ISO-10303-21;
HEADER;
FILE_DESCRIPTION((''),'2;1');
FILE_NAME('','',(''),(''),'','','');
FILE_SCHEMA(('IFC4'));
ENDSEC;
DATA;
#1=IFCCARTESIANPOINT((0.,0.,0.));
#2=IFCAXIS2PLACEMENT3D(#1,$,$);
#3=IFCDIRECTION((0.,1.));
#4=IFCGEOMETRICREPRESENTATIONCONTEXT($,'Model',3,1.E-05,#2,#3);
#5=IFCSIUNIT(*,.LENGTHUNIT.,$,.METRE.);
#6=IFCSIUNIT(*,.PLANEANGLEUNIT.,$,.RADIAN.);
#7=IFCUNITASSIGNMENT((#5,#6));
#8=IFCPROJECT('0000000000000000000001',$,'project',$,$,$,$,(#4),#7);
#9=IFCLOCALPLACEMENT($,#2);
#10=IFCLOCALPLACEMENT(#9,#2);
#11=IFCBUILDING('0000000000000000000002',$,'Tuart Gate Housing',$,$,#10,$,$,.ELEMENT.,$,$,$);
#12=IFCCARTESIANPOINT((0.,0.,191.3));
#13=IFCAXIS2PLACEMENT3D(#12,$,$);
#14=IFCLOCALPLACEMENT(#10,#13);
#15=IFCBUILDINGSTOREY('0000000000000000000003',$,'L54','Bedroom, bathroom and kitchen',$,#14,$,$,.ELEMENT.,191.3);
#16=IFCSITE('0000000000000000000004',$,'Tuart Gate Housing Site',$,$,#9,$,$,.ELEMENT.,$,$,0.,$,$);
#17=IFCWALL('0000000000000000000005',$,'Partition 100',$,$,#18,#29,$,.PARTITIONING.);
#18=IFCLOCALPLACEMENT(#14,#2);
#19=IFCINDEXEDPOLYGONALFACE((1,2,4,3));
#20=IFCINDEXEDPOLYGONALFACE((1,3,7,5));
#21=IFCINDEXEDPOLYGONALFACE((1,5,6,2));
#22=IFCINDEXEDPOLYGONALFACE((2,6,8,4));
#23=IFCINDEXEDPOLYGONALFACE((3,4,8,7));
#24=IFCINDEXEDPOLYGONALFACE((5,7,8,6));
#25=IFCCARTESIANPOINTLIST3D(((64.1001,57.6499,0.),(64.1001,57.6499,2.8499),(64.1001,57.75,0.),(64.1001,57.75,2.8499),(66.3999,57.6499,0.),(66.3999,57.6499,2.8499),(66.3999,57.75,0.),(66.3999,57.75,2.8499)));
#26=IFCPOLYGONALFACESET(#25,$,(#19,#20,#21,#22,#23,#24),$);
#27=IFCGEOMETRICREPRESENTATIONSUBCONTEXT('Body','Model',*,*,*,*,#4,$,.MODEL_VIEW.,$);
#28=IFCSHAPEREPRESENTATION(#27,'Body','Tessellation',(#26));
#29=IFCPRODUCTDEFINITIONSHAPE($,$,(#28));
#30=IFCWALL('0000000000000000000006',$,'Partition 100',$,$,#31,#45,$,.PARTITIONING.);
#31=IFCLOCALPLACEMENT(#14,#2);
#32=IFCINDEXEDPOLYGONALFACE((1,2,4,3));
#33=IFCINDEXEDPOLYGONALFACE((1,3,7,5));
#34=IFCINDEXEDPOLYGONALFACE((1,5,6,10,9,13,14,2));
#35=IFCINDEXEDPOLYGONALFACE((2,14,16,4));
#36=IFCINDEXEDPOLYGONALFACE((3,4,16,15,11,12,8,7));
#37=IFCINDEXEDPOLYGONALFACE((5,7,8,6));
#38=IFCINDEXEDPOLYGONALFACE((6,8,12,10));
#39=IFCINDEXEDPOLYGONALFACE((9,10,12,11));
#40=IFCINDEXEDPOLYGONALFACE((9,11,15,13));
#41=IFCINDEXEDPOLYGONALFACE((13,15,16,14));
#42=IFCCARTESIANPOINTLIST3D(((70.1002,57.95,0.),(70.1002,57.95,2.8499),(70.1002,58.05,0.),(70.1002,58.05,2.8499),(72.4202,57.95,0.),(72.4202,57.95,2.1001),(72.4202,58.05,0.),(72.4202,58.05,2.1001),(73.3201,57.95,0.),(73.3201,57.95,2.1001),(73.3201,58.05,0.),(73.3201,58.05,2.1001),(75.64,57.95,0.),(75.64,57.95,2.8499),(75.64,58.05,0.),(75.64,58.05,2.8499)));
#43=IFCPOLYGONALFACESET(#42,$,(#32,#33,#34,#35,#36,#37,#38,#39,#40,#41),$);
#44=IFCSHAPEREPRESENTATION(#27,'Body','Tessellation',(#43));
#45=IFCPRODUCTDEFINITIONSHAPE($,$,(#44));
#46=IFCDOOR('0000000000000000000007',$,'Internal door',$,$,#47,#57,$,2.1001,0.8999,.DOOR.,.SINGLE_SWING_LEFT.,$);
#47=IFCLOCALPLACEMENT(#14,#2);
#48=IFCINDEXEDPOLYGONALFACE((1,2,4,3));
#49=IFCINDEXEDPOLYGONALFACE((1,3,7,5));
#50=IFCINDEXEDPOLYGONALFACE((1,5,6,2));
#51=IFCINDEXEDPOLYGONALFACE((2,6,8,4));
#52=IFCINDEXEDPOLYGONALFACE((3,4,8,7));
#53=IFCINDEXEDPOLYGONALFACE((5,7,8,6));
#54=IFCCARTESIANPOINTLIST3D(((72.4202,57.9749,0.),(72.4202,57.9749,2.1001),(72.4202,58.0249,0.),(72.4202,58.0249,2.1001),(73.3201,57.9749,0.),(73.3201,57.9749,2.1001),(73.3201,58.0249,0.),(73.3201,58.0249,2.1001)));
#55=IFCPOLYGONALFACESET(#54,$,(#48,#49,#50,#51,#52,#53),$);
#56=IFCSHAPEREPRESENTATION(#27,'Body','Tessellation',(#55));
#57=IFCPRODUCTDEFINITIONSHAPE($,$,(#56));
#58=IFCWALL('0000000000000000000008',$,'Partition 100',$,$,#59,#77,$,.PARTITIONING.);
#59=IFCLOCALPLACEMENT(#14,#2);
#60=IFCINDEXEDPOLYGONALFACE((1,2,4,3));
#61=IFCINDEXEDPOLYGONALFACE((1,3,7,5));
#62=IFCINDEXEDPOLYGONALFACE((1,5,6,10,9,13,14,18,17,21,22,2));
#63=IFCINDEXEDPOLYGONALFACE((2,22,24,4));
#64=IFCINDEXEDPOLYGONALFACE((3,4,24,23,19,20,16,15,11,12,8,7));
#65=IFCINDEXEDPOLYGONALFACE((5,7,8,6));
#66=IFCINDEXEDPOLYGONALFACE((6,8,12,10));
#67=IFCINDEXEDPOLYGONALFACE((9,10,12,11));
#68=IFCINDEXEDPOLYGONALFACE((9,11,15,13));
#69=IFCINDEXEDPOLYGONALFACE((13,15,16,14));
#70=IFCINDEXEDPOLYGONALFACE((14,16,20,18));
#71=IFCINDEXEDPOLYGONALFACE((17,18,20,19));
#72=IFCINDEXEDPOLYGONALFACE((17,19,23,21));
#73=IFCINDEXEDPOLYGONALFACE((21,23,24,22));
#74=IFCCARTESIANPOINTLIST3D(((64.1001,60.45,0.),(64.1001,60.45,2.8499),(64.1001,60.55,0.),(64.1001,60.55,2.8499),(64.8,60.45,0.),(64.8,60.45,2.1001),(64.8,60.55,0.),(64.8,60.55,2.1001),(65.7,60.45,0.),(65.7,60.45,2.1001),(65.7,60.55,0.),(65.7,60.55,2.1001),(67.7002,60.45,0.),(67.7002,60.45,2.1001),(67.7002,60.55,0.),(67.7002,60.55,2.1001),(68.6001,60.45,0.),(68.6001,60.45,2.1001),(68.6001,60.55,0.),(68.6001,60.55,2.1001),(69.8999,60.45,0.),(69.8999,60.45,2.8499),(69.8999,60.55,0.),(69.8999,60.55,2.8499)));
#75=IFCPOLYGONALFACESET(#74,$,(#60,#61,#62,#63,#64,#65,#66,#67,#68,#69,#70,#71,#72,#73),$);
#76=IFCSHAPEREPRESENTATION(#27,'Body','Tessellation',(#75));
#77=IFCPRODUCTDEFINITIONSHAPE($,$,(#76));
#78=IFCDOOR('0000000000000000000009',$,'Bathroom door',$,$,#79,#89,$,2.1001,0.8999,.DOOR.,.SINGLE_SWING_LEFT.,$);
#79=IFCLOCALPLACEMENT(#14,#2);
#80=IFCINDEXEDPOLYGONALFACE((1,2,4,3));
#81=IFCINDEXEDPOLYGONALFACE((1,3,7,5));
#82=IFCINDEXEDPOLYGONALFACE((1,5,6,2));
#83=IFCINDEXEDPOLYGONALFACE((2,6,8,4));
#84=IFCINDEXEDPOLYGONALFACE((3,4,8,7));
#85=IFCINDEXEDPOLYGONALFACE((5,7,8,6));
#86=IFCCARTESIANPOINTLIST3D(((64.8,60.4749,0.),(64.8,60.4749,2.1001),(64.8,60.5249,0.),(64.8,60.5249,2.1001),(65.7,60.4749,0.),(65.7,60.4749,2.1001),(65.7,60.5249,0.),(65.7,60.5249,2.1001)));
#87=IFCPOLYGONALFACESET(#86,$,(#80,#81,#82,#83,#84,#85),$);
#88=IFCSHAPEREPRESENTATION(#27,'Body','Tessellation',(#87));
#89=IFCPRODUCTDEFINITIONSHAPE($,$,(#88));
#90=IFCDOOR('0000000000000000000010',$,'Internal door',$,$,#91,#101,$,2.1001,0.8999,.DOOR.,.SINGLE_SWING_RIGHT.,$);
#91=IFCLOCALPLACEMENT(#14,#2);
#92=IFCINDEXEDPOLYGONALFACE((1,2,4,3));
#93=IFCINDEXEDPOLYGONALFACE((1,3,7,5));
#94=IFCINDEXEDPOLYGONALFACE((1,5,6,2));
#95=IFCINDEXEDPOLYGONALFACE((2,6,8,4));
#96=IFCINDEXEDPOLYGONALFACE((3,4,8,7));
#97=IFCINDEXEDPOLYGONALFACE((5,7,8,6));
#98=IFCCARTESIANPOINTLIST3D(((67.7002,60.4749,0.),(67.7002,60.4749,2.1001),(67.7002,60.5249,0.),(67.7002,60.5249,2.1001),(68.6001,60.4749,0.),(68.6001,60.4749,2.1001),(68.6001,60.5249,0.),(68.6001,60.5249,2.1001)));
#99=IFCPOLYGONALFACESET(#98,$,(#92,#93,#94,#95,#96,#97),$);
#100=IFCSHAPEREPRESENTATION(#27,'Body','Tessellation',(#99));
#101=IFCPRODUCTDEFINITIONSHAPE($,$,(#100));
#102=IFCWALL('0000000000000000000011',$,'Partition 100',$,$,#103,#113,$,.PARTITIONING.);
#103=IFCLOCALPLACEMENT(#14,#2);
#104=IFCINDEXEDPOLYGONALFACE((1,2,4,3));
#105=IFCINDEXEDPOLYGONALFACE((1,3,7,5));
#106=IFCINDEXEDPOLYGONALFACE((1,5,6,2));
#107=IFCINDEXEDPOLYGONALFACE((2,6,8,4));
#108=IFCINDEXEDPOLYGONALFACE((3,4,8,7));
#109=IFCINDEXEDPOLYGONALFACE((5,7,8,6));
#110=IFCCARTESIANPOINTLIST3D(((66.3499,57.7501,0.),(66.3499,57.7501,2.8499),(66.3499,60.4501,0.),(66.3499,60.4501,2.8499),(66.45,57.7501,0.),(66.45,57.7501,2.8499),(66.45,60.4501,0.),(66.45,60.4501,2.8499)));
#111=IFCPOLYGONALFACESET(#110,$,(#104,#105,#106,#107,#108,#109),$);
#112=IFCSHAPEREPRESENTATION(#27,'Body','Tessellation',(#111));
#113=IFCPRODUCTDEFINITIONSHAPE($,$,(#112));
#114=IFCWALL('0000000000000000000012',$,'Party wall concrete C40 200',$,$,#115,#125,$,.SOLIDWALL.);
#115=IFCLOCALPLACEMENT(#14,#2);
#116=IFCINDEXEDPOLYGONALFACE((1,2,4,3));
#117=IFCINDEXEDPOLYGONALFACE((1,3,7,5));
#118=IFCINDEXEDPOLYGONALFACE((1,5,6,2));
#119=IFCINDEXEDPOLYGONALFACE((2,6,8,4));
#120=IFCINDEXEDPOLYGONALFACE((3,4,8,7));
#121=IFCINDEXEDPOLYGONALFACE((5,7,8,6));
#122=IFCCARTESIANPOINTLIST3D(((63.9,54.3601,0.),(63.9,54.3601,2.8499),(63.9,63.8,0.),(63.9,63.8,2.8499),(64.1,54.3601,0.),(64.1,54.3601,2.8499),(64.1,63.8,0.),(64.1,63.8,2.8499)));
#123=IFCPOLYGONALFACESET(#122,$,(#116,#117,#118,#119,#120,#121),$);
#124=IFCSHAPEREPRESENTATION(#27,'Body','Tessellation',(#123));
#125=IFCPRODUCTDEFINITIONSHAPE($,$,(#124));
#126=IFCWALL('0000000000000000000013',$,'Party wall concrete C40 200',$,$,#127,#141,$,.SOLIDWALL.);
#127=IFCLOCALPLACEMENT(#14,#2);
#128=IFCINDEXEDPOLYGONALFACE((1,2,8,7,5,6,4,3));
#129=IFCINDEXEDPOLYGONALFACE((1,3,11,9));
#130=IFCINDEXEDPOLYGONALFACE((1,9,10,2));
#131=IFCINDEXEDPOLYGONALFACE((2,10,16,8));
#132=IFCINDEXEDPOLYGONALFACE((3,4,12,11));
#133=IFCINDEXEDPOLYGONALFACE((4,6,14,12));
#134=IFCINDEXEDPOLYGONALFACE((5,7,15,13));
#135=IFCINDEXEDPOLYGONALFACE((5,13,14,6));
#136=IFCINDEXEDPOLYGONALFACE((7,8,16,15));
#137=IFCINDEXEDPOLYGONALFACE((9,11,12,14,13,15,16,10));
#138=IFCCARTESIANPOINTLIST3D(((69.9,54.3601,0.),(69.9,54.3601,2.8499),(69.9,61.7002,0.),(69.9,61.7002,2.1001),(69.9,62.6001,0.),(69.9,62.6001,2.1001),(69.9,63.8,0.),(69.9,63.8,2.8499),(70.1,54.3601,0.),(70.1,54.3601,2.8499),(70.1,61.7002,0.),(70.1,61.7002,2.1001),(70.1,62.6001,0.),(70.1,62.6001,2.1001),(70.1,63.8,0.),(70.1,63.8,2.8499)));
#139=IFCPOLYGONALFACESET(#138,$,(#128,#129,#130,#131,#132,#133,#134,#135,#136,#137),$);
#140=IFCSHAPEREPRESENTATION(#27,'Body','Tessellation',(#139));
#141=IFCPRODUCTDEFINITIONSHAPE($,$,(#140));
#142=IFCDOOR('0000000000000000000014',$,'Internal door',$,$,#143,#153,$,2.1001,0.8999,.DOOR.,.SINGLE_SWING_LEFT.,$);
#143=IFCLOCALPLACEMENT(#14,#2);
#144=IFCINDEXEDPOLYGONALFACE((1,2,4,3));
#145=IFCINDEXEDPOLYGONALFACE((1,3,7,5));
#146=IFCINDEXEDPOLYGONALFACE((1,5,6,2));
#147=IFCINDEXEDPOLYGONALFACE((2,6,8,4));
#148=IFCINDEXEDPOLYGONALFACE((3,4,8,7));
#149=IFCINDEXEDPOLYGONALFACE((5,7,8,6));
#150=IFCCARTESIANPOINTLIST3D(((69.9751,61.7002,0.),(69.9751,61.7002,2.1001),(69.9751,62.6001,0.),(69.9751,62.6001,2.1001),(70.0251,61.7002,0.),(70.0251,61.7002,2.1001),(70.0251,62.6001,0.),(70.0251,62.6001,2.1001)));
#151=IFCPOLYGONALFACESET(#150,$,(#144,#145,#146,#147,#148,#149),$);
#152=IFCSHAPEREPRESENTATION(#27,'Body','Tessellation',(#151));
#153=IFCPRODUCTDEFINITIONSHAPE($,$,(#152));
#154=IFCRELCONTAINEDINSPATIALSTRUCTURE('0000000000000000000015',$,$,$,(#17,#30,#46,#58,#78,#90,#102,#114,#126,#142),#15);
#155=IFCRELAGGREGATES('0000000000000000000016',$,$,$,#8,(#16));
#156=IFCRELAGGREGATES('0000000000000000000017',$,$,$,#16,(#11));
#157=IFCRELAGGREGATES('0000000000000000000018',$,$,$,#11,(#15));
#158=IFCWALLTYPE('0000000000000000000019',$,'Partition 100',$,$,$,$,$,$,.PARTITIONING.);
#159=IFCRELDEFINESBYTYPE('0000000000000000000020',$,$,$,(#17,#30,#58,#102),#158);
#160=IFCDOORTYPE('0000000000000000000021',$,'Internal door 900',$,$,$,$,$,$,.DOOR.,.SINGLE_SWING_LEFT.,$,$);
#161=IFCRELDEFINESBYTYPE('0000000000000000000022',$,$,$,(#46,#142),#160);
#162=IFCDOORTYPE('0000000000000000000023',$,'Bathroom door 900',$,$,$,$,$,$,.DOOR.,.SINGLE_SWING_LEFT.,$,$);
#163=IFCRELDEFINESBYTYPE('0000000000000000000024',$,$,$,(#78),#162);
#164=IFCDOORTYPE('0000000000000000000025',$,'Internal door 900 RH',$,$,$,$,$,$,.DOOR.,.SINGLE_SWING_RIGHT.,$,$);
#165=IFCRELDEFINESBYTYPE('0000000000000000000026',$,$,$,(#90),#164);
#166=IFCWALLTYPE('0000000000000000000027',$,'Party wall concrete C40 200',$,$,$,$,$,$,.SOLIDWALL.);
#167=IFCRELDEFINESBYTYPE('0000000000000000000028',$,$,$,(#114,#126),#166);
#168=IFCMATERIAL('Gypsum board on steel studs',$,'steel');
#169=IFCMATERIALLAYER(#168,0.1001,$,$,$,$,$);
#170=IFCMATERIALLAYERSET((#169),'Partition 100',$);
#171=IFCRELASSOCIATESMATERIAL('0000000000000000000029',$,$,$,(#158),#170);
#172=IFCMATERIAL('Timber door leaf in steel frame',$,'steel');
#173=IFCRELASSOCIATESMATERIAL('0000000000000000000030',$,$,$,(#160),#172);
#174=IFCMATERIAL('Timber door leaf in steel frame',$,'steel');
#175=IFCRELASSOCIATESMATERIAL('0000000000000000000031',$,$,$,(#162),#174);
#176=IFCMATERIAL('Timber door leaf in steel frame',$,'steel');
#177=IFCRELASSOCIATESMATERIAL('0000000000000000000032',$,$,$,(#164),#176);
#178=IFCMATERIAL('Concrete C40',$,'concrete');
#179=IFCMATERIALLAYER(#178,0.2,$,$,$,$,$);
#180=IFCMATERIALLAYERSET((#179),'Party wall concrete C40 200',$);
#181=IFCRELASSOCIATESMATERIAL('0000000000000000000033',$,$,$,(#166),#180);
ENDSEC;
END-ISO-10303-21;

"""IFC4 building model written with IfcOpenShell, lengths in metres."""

from ifc_helpers import new_model, si_unit, direction, frame, frame_2d, origin, place, context, subcontext, project, spatial, rectangle, extrude, material, layer, layer_set, type_object, element, fill, save


model = new_model("IFC4")

# Units and contexts
model_context = context("Model", 3, precision=1e-05, world=origin(), true_north=direction((0.0, 1.0)))
body_context = subcontext(model_context, "Body", "Model", "MODEL_VIEW")
ifc_project = project(units=[si_unit("LENGTHUNIT", "METRE"), si_unit("PLANEANGLEUNIT", "RADIAN")], contexts=[model_context])

# Site, building, storey
site_placement = place(None, origin())
site = spatial("IfcSite", under=ifc_project, at=site_placement, Name="Tuart Gate Housing Site", CompositionType="ELEMENT", RefElevation=0.0)
building_placement = place(site_placement, origin())
building = spatial("IfcBuilding", under=site, at=building_placement, Name="Tuart Gate Housing", CompositionType="ELEMENT")
storey_placement = place(building_placement, frame((0.0, 0.0, 191.3)))
storey = spatial("IfcBuildingStorey", under=building, at=storey_placement, Name="L54", Description="Bedroom, bathroom and kitchen", CompositionType="ELEMENT", Elevation=191.3)

# Wall
ifc_material_1 = material(Name="Gypsum board on steel studs", Category="steel")
ifc_layer_1 = layer(ifc_material_1, 0.1001)
ifc_layer_set_1 = layer_set([ifc_layer_1], Name="Partition 100")
wall_type_1 = type_object("IfcWallType", Name="Partition 100", PredefinedType="PARTITIONING", material=ifc_layer_set_1)
wall_1_placement = place(storey_placement, frame((64.1001, 57.7, 0.0), z_axis=(0.0, 0.0, 1.0), x_axis=(1.0, 0.0, 0.0)))
element("IfcWall", 1, at=wall_1_placement, inside=storey, type_object=wall_type_1, Name="Partition 100", PredefinedType="PARTITIONING", context=body_context, shape_type="SweptSolid", body=[
    extrude(rectangle(XDim=2.2998, YDim=0.1001, at=frame_2d((1.1499, 0.0))), origin(), (0.0, 0.0, 1.0), 2.8499),
])

# Wall, opening, door
wall_2_placement = place(storey_placement, frame((70.1001, 58.0, 0.0), z_axis=(0.0, 0.0, 1.0), x_axis=(1.0, 0.0, 0.0)))
wall_2 = element("IfcWall", 2, at=wall_2_placement, inside=storey, type_object=wall_type_1, Name="Partition 100", PredefinedType="PARTITIONING", context=body_context, shape_type="SweptSolid", body=[
    extrude(rectangle(XDim=5.5398, YDim=0.1001, at=frame_2d((2.77, 0.0))), origin(), (0.0, 0.0, 1.0), 2.8499),
])
opening_1_placement = place(wall_2_placement, frame((2.3201, 0.0, 0.0)))
opening_1 = element("IfcOpeningElement", 3, at=opening_1_placement, cuts=wall_2, PredefinedType="OPENING", context=body_context, shape_type="SweptSolid", body=[
    extrude(rectangle(XDim=0.8999, YDim=2.1001, at=frame_2d((0.45, 1.05))), frame((0.0, 0.0601, 0.0), z_axis=(0.0, -1.0, 0.0), x_axis=(1.0, 0.0, 0.0)), (0.0, 0.0, 1.0), 0.1201),
])
ifc_material_2 = material(Name="Timber door leaf in steel frame", Category="steel")
door_type_1 = type_object("IfcDoorType", Name="Internal door 900", OperationType="SINGLE_SWING_LEFT", PredefinedType="DOOR", material=ifc_material_2)
door_1_placement = place(opening_1_placement, frame((0.8999, 0.0, 0.0), z_axis=(0.0, 0.0, 1.0), x_axis=(-1.0, 0.0, 0.0)))
door_1 = element("IfcDoor", 4, at=door_1_placement, inside=storey, type_object=door_type_1, Name="Internal door", OperationType="SINGLE_SWING_LEFT", OverallHeight=2.1001, OverallWidth=0.8999, PredefinedType="DOOR", context=body_context, shape_type="SweptSolid", body=[
    extrude(rectangle(XDim=0.8999, YDim=2.1001, at=frame_2d((0.45, 1.05))), frame((0.0, 0.0251, 0.0), z_axis=(0.0, -1.0, 0.0), x_axis=(1.0, 0.0, 0.0)), (0.0, 0.0, 1.0), 0.05),
])
fill(opening_1, door_1)

# Wall, openings, doors
wall_3_placement = place(storey_placement, frame((64.1001, 60.5, 0.0), z_axis=(0.0, 0.0, 1.0), x_axis=(1.0, 0.0, 0.0)))
wall_3 = element("IfcWall", 5, at=wall_3_placement, inside=storey, type_object=wall_type_1, Name="Partition 100", PredefinedType="PARTITIONING", context=body_context, shape_type="SweptSolid", body=[
    extrude(rectangle(XDim=5.7998, YDim=0.1001, at=frame_2d((2.8999, 0.0))), origin(), (0.0, 0.0, 1.0), 2.8499),
])
opening_2_placement = place(wall_3_placement, frame((3.6001, 0.0, 0.0)))
opening_2 = element("IfcOpeningElement", 6, at=opening_2_placement, cuts=wall_3, PredefinedType="OPENING", context=body_context, shape_type="SweptSolid", body=[
    extrude(rectangle(XDim=0.8999, YDim=2.1001, at=frame_2d((0.45, 1.05))), frame((0.0, 0.0601, 0.0), z_axis=(0.0, -1.0, 0.0), x_axis=(1.0, 0.0, 0.0)), (0.0, 0.0, 1.0), 0.1201),
])
opening_3_placement = place(wall_3_placement, frame((0.7, 0.0, 0.0)))
opening_3 = element("IfcOpeningElement", 7, at=opening_3_placement, cuts=wall_3, PredefinedType="OPENING", context=body_context, shape_type="SweptSolid", body=[
    extrude(rectangle(XDim=0.8999, YDim=2.1001, at=frame_2d((0.45, 1.05))), frame((0.0, 0.0601, 0.0), z_axis=(0.0, -1.0, 0.0), x_axis=(1.0, 0.0, 0.0)), (0.0, 0.0, 1.0), 0.1201),
])
ifc_material_3 = material(Name="Timber door leaf in steel frame", Category="steel")
door_type_2 = type_object("IfcDoorType", Name="Bathroom door 900", OperationType="SINGLE_SWING_LEFT", PredefinedType="DOOR", material=ifc_material_3)
door_2_placement = place(opening_3_placement, frame((0.8999, 0.0, 0.0), z_axis=(0.0, 0.0, 1.0), x_axis=(-1.0, 0.0, 0.0)))
door_2 = element("IfcDoor", 8, at=door_2_placement, inside=storey, type_object=door_type_2, Name="Bathroom door", OperationType="SINGLE_SWING_LEFT", OverallHeight=2.1001, OverallWidth=0.8999, PredefinedType="DOOR", context=body_context, shape_type="SweptSolid", body=[
    extrude(rectangle(XDim=0.8999, YDim=2.1001, at=frame_2d((0.45, 1.05))), frame((0.0, 0.0251, 0.0), z_axis=(0.0, -1.0, 0.0), x_axis=(1.0, 0.0, 0.0)), (0.0, 0.0, 1.0), 0.05),
])
fill(opening_3, door_2)
ifc_material_4 = material(Name="Timber door leaf in steel frame", Category="steel")
door_type_3 = type_object("IfcDoorType", Name="Internal door 900 RH", OperationType="SINGLE_SWING_RIGHT", PredefinedType="DOOR", material=ifc_material_4)
door_3_placement = place(opening_2_placement, frame((0.8999, 0.0, 0.0), z_axis=(0.0, 0.0, 1.0), x_axis=(-1.0, 0.0, 0.0)))
door_3 = element("IfcDoor", 9, at=door_3_placement, inside=storey, type_object=door_type_3, Name="Internal door", OperationType="SINGLE_SWING_RIGHT", OverallHeight=2.1001, OverallWidth=0.8999, PredefinedType="DOOR", context=body_context, shape_type="SweptSolid", body=[
    extrude(rectangle(XDim=0.8999, YDim=2.1001, at=frame_2d((0.45, 1.05))), frame((0.0, 0.0251, 0.0), z_axis=(0.0, -1.0, 0.0), x_axis=(1.0, 0.0, 0.0)), (0.0, 0.0, 1.0), 0.05),
])
fill(opening_2, door_3)

# Walls
wall_4_placement = place(storey_placement, frame((66.3999, 57.75, 0.0), z_axis=(0.0, 0.0, 1.0), x_axis=(0.0, 1.0, 0.0)))
element("IfcWall", 10, at=wall_4_placement, inside=storey, type_object=wall_type_1, Name="Partition 100", PredefinedType="PARTITIONING", context=body_context, shape_type="SweptSolid", body=[
    extrude(rectangle(XDim=2.7, YDim=0.1001, at=frame_2d((1.3501, 0.0))), origin(), (0.0, 0.0, 1.0), 2.8499),
])
ifc_material_5 = material(Name="Concrete C40", Category="concrete")
ifc_layer_2 = layer(ifc_material_5, 0.2)
ifc_layer_set_2 = layer_set([ifc_layer_2], Name="Party wall concrete C40 200")
wall_type_2 = type_object("IfcWallType", Name="Party wall concrete C40 200", PredefinedType="SOLIDWALL", material=ifc_layer_set_2)
wall_5_placement = place(storey_placement, frame((64.0, 54.3601, 0.0), z_axis=(0.0, 0.0, 1.0), x_axis=(0.0, 1.0, 0.0)))
element("IfcWall", 11, at=wall_5_placement, inside=storey, type_object=wall_type_2, Name="Party wall concrete C40 200", PredefinedType="SOLIDWALL", context=body_context, shape_type="SweptSolid", body=[
    extrude(rectangle(XDim=9.4399, YDim=0.2, at=frame_2d((4.72, 0.0))), origin(), (0.0, 0.0, 1.0), 2.8499),
])

# Wall, opening, door
wall_6_placement = place(storey_placement, frame((70.0, 54.3601, 0.0), z_axis=(0.0, 0.0, 1.0), x_axis=(0.0, 1.0, 0.0)))
wall_6 = element("IfcWall", 12, at=wall_6_placement, inside=storey, type_object=wall_type_2, Name="Party wall concrete C40 200", PredefinedType="SOLIDWALL", context=body_context, shape_type="SweptSolid", body=[
    extrude(rectangle(XDim=9.4399, YDim=0.2, at=frame_2d((4.72, 0.0))), origin(), (0.0, 0.0, 1.0), 2.8499),
])
opening_4_placement = place(wall_6_placement, frame((7.3401, 0.0, 0.0)))
opening_4 = element("IfcOpeningElement", 13, at=opening_4_placement, cuts=wall_6, PredefinedType="OPENING", context=body_context, shape_type="SweptSolid", body=[
    extrude(rectangle(XDim=0.8999, YDim=2.1001, at=frame_2d((0.45, 1.05))), frame((0.0, 0.1099, 0.0), z_axis=(0.0, -1.0, 0.0), x_axis=(1.0, 0.0, 0.0)), (0.0, 0.0, 1.0), 0.22),
])
door_4_placement = place(opening_4_placement, origin())
door_4 = element("IfcDoor", 14, at=door_4_placement, inside=storey, type_object=door_type_1, Name="Internal door", OperationType="SINGLE_SWING_LEFT", OverallHeight=2.1001, OverallWidth=0.8999, PredefinedType="DOOR", context=body_context, shape_type="SweptSolid", body=[
    extrude(rectangle(XDim=0.8999, YDim=2.1001, at=frame_2d((0.45, 1.05))), frame((0.0, 0.0249, 0.0), z_axis=(0.0, -1.0, 0.0), x_axis=(1.0, 0.0, 0.0)), (0.0, 0.0, 1.0), 0.05),
])
fill(opening_4, door_4)

save(model, "model.ifc")
